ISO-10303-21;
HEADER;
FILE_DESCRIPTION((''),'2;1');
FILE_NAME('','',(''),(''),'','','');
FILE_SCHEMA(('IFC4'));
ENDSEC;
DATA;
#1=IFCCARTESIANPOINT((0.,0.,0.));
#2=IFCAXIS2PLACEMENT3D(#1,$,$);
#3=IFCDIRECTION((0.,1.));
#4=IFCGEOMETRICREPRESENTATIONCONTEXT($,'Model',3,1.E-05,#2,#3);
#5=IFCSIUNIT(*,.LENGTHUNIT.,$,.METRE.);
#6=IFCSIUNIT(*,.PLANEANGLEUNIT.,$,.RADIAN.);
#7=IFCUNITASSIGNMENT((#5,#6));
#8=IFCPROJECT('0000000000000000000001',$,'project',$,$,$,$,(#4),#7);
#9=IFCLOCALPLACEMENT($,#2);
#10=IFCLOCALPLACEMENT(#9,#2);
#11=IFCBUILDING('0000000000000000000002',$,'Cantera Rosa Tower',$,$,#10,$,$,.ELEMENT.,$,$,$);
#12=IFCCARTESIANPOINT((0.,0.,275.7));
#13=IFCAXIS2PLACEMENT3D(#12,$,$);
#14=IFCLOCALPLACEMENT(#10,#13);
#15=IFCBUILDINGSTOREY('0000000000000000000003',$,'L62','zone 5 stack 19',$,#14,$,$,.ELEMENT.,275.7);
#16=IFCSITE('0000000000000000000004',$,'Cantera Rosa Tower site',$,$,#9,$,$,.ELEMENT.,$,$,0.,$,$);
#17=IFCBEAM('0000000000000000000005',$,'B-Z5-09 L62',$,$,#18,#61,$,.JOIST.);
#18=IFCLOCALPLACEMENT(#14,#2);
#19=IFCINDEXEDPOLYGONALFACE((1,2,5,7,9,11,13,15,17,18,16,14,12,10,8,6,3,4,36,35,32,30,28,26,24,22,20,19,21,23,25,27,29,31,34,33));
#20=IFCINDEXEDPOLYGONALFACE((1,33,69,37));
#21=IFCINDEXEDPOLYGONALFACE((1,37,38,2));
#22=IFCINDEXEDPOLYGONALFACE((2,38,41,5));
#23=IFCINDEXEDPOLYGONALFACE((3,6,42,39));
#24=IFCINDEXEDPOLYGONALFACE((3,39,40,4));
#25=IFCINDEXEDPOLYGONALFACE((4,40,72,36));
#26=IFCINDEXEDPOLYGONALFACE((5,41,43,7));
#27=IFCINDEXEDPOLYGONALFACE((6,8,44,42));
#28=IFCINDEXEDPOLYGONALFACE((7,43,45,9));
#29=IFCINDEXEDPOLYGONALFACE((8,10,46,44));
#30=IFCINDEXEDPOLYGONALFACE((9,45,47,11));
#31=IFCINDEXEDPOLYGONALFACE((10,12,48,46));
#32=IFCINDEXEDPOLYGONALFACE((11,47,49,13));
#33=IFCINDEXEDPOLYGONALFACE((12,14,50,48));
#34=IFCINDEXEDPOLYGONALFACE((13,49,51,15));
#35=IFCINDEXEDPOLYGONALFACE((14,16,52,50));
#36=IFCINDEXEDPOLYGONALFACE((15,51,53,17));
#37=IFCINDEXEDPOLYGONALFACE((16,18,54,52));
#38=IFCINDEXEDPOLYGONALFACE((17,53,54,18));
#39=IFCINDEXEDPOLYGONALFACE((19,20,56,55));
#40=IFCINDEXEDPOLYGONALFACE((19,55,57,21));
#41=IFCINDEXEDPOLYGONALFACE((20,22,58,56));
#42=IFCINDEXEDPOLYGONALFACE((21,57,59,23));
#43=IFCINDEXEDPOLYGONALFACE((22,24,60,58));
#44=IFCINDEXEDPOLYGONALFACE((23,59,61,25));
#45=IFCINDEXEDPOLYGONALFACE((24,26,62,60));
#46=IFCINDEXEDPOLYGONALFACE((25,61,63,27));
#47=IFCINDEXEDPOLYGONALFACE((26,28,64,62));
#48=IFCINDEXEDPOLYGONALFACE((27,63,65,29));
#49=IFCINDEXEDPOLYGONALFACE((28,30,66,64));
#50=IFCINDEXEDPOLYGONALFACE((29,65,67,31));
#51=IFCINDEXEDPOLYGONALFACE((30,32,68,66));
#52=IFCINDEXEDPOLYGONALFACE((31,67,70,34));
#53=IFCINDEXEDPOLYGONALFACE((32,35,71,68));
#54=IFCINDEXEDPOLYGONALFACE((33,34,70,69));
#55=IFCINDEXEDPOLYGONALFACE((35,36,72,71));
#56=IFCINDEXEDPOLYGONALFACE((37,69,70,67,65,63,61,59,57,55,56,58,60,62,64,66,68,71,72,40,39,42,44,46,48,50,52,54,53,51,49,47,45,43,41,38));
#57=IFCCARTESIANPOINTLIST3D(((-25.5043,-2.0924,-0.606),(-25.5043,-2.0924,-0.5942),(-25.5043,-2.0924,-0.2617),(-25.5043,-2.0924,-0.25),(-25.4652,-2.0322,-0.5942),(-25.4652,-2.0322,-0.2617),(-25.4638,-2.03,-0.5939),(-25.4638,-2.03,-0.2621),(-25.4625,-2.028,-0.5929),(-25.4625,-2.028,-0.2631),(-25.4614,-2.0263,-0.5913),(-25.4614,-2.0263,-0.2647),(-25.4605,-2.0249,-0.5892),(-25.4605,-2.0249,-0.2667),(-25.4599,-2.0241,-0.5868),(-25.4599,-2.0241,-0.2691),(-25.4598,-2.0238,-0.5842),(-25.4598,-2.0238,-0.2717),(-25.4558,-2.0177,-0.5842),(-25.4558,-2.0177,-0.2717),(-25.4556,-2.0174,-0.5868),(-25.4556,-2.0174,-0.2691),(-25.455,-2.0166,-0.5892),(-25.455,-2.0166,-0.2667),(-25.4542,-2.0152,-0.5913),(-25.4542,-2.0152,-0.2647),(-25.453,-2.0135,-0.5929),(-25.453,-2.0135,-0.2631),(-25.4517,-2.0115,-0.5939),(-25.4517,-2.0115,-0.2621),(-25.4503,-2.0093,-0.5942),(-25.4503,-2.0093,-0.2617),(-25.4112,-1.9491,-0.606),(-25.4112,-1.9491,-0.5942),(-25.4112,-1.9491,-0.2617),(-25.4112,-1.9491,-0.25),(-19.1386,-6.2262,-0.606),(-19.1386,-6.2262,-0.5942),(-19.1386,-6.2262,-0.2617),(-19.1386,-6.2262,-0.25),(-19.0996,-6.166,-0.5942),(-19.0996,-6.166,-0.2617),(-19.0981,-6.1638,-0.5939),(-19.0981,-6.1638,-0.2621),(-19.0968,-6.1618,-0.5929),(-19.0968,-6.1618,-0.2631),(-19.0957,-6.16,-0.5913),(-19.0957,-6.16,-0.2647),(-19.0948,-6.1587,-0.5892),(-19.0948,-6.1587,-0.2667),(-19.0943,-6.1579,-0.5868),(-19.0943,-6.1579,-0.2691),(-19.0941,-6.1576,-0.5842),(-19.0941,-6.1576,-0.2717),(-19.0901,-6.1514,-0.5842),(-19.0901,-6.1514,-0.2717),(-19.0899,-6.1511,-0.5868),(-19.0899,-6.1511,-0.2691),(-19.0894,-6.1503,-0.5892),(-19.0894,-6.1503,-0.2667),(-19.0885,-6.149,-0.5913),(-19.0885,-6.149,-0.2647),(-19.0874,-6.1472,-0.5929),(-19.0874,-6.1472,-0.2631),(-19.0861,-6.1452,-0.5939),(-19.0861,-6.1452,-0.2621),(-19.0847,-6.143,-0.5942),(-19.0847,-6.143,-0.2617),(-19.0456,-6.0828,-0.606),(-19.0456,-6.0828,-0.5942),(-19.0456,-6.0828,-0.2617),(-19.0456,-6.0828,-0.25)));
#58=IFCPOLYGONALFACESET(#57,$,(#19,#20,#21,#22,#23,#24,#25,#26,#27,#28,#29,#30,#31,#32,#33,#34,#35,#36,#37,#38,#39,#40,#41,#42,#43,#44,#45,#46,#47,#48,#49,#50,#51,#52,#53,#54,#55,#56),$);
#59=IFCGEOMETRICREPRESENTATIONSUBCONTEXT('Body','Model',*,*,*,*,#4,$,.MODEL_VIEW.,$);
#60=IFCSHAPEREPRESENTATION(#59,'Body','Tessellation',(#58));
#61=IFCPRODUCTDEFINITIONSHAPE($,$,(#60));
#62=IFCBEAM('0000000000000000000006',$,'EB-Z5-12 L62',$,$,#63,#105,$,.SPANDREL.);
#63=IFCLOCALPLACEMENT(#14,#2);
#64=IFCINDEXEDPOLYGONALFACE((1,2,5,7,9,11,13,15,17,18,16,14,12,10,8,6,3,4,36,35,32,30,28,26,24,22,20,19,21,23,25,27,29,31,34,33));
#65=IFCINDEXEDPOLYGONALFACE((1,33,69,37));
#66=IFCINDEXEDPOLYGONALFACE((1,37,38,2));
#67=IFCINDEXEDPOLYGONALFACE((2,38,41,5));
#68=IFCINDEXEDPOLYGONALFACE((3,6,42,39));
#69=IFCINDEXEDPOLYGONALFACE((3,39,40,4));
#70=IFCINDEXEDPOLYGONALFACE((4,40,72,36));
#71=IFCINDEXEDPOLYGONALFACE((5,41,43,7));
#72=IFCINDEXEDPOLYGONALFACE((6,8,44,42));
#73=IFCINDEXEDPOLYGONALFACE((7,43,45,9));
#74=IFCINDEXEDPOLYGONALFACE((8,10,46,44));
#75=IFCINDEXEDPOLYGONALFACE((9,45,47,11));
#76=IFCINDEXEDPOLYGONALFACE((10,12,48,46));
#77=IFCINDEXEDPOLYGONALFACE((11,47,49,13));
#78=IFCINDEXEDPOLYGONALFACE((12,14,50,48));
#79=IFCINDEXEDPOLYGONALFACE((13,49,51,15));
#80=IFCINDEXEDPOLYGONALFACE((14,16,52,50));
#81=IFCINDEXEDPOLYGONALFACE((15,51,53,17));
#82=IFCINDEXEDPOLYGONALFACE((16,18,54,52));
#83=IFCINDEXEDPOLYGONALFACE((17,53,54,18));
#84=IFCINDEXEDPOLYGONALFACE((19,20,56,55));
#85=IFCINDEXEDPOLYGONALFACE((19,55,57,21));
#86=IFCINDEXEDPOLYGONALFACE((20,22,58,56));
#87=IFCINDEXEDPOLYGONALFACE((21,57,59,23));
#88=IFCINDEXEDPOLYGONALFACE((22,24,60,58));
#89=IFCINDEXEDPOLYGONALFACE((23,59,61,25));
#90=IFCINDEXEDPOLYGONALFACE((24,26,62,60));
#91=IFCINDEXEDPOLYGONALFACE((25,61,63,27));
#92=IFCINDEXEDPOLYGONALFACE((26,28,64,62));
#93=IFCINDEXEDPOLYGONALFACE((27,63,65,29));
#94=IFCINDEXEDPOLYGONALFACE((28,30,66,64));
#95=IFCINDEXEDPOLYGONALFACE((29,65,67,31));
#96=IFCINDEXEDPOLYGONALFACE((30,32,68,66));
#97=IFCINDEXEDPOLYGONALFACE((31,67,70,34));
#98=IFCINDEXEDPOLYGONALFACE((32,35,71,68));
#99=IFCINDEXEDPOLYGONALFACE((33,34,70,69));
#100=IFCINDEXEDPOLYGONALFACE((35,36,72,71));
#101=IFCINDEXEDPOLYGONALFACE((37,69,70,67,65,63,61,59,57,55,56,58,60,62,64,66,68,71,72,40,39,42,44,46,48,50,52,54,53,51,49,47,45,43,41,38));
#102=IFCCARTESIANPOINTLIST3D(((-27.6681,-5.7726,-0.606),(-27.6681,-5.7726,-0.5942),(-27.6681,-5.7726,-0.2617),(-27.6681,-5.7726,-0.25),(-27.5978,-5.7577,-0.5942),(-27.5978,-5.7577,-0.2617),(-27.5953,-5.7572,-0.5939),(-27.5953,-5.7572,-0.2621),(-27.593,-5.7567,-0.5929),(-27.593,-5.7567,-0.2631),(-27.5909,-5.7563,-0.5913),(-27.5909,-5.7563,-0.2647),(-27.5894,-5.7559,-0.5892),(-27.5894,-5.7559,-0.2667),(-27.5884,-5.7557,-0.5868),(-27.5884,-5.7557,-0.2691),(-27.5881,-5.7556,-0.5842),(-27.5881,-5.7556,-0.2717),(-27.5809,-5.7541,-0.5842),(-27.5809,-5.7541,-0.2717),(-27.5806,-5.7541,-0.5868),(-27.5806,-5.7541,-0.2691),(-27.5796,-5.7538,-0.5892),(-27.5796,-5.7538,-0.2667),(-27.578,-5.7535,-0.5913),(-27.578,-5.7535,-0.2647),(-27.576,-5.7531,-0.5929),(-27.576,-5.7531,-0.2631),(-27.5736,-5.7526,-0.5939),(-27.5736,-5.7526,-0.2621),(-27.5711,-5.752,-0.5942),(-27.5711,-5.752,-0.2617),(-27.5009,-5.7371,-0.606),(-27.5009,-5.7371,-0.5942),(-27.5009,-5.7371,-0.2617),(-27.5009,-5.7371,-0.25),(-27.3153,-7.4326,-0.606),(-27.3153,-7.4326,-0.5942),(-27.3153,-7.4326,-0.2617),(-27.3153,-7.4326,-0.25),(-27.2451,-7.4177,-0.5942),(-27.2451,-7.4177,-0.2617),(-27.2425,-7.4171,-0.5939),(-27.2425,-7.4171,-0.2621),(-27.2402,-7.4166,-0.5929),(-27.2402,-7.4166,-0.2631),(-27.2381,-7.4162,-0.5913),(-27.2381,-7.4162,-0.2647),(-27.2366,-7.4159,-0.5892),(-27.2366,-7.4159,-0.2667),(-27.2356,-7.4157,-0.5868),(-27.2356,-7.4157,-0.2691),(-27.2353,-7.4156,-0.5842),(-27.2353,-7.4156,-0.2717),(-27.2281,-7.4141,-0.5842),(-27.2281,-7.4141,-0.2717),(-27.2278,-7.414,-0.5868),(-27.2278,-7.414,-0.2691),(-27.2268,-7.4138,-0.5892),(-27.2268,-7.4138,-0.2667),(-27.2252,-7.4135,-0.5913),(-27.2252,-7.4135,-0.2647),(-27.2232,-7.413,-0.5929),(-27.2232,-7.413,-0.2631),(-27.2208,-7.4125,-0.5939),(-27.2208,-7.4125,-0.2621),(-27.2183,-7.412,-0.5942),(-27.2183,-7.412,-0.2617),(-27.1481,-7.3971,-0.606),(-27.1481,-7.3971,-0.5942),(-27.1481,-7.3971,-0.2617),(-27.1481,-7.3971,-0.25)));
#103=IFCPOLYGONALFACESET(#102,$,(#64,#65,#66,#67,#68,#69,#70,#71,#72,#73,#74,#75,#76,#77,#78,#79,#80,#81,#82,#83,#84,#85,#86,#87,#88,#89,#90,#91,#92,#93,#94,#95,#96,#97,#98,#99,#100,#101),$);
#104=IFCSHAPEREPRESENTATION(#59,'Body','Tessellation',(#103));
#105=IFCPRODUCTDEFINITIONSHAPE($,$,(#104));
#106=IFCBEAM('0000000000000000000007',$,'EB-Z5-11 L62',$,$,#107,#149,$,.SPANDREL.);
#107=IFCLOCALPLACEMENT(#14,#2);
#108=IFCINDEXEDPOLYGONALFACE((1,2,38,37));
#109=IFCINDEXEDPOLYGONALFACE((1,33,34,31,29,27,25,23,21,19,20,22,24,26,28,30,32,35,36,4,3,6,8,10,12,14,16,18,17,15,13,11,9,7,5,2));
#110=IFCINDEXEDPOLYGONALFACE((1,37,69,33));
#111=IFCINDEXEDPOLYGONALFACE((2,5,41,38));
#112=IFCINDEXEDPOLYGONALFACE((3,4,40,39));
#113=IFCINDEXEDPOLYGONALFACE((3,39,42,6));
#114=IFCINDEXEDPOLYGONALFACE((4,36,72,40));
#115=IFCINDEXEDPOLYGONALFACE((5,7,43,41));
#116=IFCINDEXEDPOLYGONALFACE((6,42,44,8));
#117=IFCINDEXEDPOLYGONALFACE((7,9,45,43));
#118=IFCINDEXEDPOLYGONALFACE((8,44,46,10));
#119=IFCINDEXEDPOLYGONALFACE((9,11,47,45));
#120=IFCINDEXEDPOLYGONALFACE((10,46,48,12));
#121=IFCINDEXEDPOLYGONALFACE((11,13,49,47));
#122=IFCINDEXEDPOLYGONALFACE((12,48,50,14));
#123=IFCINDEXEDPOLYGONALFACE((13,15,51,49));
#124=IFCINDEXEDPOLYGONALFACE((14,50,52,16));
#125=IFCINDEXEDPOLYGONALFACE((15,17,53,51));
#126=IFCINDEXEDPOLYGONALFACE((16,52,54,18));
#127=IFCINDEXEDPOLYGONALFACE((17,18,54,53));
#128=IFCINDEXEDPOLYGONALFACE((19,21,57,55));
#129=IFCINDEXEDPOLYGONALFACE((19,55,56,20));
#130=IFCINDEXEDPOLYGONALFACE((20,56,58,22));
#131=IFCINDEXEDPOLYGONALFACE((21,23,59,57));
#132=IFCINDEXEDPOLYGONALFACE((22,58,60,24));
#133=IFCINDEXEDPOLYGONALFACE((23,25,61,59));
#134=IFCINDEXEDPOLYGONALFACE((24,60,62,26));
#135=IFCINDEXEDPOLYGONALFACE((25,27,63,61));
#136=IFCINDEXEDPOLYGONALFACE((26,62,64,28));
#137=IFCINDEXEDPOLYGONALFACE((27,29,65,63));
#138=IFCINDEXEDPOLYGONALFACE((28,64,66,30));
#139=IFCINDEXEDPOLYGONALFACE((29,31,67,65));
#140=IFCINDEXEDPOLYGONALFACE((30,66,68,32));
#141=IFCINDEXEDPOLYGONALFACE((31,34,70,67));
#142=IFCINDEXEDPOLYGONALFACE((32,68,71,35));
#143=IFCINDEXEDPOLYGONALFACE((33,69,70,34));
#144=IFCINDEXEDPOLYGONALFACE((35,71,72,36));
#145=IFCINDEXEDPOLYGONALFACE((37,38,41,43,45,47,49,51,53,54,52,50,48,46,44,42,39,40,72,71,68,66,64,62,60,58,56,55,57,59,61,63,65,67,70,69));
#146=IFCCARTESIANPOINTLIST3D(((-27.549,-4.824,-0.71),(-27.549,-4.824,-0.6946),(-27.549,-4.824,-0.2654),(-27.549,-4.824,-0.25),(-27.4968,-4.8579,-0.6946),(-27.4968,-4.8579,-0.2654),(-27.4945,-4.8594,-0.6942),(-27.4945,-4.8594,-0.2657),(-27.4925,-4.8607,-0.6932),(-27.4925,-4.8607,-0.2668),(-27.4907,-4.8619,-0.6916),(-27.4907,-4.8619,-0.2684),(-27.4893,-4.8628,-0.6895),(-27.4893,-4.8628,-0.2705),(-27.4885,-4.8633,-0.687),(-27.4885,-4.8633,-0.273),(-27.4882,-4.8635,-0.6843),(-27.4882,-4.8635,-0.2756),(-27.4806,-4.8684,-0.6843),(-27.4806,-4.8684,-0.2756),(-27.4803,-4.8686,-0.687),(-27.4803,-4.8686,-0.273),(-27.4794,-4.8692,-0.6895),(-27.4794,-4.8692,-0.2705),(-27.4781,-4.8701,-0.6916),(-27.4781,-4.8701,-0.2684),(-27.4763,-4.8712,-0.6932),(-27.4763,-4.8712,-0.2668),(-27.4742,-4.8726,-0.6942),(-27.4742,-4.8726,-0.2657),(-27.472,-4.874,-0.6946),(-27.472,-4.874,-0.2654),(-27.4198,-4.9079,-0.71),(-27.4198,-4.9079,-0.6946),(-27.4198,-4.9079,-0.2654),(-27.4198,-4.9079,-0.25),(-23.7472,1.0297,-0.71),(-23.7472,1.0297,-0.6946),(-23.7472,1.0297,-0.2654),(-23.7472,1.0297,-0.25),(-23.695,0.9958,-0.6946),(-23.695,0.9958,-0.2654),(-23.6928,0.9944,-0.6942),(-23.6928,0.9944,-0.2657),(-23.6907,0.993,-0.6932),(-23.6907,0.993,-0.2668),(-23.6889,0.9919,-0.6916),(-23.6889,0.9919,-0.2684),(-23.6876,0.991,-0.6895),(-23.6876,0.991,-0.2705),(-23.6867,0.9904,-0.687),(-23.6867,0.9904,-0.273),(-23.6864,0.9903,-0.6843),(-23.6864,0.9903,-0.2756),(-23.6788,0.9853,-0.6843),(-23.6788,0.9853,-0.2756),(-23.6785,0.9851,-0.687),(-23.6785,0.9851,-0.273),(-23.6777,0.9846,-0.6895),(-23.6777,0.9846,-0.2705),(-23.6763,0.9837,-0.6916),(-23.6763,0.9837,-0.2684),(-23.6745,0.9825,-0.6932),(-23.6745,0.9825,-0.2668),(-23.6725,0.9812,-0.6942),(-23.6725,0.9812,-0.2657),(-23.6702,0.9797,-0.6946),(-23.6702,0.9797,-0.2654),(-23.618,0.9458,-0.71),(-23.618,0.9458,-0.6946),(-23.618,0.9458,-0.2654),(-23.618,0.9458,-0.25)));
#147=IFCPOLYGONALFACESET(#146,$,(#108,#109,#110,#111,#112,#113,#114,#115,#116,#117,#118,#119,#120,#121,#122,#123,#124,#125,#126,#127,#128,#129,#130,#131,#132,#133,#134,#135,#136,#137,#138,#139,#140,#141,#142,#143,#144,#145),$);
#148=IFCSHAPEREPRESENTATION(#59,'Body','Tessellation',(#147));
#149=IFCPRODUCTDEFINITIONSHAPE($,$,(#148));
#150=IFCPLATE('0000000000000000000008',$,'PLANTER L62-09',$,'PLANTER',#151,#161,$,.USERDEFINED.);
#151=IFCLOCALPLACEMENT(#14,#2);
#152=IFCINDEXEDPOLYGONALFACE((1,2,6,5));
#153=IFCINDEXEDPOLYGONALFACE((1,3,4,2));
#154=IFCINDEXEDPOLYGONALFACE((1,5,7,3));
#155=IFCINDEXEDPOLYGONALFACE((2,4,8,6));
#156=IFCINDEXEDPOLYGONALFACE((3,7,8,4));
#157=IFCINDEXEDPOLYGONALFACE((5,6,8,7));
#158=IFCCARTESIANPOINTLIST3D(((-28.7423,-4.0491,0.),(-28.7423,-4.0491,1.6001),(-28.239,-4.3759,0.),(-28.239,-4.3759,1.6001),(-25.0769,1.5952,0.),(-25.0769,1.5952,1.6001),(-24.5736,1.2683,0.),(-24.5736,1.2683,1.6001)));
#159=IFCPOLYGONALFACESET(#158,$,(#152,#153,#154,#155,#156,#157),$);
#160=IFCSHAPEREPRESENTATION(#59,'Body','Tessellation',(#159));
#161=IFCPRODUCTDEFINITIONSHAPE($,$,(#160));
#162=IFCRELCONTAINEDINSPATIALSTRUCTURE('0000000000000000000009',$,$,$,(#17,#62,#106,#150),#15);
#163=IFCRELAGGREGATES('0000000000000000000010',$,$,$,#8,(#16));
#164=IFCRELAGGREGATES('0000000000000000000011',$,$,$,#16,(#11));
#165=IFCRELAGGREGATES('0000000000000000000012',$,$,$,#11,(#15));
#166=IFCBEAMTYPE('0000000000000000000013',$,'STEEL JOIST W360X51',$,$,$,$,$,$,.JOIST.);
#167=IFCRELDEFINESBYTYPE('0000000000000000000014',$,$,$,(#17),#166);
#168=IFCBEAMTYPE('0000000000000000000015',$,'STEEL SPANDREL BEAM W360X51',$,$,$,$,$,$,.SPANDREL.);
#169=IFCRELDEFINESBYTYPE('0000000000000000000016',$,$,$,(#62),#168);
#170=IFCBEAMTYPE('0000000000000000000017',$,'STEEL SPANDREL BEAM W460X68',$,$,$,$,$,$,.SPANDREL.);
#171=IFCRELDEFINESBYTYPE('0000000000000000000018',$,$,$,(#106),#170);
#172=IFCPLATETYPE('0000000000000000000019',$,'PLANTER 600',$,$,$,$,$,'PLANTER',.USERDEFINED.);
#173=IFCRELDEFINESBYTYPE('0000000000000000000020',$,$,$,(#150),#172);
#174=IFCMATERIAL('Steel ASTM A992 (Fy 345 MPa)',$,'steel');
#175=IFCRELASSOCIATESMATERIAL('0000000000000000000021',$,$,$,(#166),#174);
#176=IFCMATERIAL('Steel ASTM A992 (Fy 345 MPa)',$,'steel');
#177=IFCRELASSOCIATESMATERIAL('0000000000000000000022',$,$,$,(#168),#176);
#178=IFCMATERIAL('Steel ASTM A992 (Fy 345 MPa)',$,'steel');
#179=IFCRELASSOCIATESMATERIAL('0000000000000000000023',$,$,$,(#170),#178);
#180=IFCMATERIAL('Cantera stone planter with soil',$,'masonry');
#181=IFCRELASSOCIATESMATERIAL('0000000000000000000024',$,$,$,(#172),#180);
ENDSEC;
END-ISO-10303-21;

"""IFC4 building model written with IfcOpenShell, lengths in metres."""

from ifc_helpers import new_model, si_unit, direction, frame, origin, origin_2d, place, context, subcontext, project, spatial, rectangle, i_section, extrude, material, material_profile, profile_set, type_object, element, save


model = new_model("IFC4")

# Units and contexts
model_context = context("Model", 3, precision=1e-05, world=origin(), true_north=direction((0.0, 1.0)))
body_context = subcontext(model_context, "Body", "Model", "MODEL_VIEW")
ifc_project = project(units=[si_unit("LENGTHUNIT", "METRE"), si_unit("PLANEANGLEUNIT", "RADIAN")], contexts=[model_context])

# Site, building, storey
site_placement = place(None, origin())
site = spatial("IfcSite", under=ifc_project, at=site_placement, Name="Cantera Rosa Tower site", CompositionType="ELEMENT", RefElevation=0.0)
building_placement = place(site_placement, origin())
building = spatial("IfcBuilding", under=site, at=building_placement, Name="Cantera Rosa Tower", CompositionType="ELEMENT")
storey_placement = place(building_placement, frame((0.0, 0.0, 275.7)))
storey = spatial("IfcBuildingStorey", under=building, at=storey_placement, Name="L62", Description="zone 5 stack 19", CompositionType="ELEMENT", Elevation=275.7)

# Beams
ifc_material_1 = material(Name="Steel ASTM A992 (Fy 345 MPa)", Category="steel")
ifc_material_profile_1 = material_profile(ifc_material_1, i_section(OverallWidth=0.1709, OverallDepth=0.356, WebThickness=0.0073, FlangeThickness=0.0117, FilletRadius=0.01, at=origin_2d()), Name="W360X51")
ifc_profile_set_1 = profile_set([ifc_material_profile_1], Name="Steel ASTM A992 (Fy 345 MPa)")
beam_type_1 = type_object("IfcBeamType", Name="STEEL JOIST W360X51", PredefinedType="JOIST", material=ifc_profile_set_1)
beam_1_placement = place(storey_placement, frame((-25.4578, -2.0208, -0.428), z_axis=(0.83868, -0.544624, 0.0), x_axis=(0.544624, 0.83868, 0.0)))
element("IfcBeam", 1, at=beam_1_placement, inside=storey, type_object=beam_type_1, Name="B-Z5-09 L62", PredefinedType="JOIST", context=body_context, shape_type="SweptSolid", body=[
    extrude(i_section(OverallWidth=0.1709, OverallDepth=0.356, WebThickness=0.0073, FlangeThickness=0.0117, FilletRadius=0.01, at=origin_2d()), origin(), (0.0, 0.0, 1.0), 7.5901),
])
ifc_material_2 = material(Name="Steel ASTM A992 (Fy 345 MPa)", Category="steel")
ifc_material_profile_2 = material_profile(ifc_material_2, i_section(OverallWidth=0.1709, OverallDepth=0.356, WebThickness=0.0073, FlangeThickness=0.0117, FilletRadius=0.01, at=origin_2d()), Name="W360X51")
ifc_profile_set_2 = profile_set([ifc_material_profile_2], Name="Steel ASTM A992 (Fy 345 MPa)")
beam_type_2 = type_object("IfcBeamType", Name="STEEL SPANDREL BEAM W360X51", PredefinedType="SPANDREL", material=ifc_profile_set_2)
beam_2_placement = place(storey_placement, frame((-27.5845, -5.7549, -0.428), z_axis=(0.207888, -0.978153, 0.0), x_axis=(0.978153, 0.207888, 0.0)))
element("IfcBeam", 2, at=beam_2_placement, inside=storey, type_object=beam_type_2, Name="EB-Z5-12 L62", PredefinedType="SPANDREL", context=body_context, shape_type="SweptSolid", body=[
    extrude(i_section(OverallWidth=0.1709, OverallDepth=0.356, WebThickness=0.0073, FlangeThickness=0.0117, FilletRadius=0.01, at=origin_2d()), origin(), (0.0, 0.0, 1.0), 1.697),
])
ifc_material_3 = material(Name="Steel ASTM A992 (Fy 345 MPa)", Category="steel")
ifc_material_profile_3 = material_profile(ifc_material_3, i_section(OverallWidth=0.1541, OverallDepth=0.46, WebThickness=0.009, FlangeThickness=0.0154, FilletRadius=0.0103, at=origin_2d()), Name="W460X68")
ifc_profile_set_3 = profile_set([ifc_material_profile_3], Name="Steel ASTM A992 (Fy 345 MPa)")
beam_type_3 = type_object("IfcBeamType", Name="STEEL SPANDREL BEAM W460X68", PredefinedType="SPANDREL", material=ifc_profile_set_3)
beam_3_placement = place(storey_placement, frame((-23.6826, 0.9878, -0.48), z_axis=(-0.544667, -0.838652, 0.0), x_axis=(0.838652, -0.544667, 0.0)))
element("IfcBeam", 3, at=beam_3_placement, inside=storey, type_object=beam_type_3, Name="EB-Z5-11 L62", PredefinedType="SPANDREL", context=body_context, shape_type="SweptSolid", body=[
    extrude(i_section(OverallWidth=0.1541, OverallDepth=0.46, WebThickness=0.009, FlangeThickness=0.0154, FilletRadius=0.0103, at=origin_2d()), origin(), (0.0, 0.0, 1.0), 6.98),
])

# Plate
ifc_material_4 = material(Name="Cantera stone planter with soil", Category="masonry")
plate_type = type_object("IfcPlateType", Name="PLANTER 600", ElementType="PLANTER", PredefinedType="USERDEFINED", material=ifc_material_4)
plate_placement = place(storey_placement, frame((-26.658, -1.3904, 0.0), z_axis=(0.0, 0.0, 1.0), x_axis=(-0.544639, -0.838671, 0.0)))
element("IfcPlate", 4, at=plate_placement, inside=storey, type_object=plate_type, Name="PLANTER L62-09", ObjectType="PLANTER", PredefinedType="USERDEFINED", context=body_context, shape_type="SweptSolid", body=[
    extrude(rectangle(XDim=6.73, YDim=0.6001, at=origin_2d()), origin(), (0.0, 0.0, 1.0), 1.6001),
])

save(model, "model.ifc")
